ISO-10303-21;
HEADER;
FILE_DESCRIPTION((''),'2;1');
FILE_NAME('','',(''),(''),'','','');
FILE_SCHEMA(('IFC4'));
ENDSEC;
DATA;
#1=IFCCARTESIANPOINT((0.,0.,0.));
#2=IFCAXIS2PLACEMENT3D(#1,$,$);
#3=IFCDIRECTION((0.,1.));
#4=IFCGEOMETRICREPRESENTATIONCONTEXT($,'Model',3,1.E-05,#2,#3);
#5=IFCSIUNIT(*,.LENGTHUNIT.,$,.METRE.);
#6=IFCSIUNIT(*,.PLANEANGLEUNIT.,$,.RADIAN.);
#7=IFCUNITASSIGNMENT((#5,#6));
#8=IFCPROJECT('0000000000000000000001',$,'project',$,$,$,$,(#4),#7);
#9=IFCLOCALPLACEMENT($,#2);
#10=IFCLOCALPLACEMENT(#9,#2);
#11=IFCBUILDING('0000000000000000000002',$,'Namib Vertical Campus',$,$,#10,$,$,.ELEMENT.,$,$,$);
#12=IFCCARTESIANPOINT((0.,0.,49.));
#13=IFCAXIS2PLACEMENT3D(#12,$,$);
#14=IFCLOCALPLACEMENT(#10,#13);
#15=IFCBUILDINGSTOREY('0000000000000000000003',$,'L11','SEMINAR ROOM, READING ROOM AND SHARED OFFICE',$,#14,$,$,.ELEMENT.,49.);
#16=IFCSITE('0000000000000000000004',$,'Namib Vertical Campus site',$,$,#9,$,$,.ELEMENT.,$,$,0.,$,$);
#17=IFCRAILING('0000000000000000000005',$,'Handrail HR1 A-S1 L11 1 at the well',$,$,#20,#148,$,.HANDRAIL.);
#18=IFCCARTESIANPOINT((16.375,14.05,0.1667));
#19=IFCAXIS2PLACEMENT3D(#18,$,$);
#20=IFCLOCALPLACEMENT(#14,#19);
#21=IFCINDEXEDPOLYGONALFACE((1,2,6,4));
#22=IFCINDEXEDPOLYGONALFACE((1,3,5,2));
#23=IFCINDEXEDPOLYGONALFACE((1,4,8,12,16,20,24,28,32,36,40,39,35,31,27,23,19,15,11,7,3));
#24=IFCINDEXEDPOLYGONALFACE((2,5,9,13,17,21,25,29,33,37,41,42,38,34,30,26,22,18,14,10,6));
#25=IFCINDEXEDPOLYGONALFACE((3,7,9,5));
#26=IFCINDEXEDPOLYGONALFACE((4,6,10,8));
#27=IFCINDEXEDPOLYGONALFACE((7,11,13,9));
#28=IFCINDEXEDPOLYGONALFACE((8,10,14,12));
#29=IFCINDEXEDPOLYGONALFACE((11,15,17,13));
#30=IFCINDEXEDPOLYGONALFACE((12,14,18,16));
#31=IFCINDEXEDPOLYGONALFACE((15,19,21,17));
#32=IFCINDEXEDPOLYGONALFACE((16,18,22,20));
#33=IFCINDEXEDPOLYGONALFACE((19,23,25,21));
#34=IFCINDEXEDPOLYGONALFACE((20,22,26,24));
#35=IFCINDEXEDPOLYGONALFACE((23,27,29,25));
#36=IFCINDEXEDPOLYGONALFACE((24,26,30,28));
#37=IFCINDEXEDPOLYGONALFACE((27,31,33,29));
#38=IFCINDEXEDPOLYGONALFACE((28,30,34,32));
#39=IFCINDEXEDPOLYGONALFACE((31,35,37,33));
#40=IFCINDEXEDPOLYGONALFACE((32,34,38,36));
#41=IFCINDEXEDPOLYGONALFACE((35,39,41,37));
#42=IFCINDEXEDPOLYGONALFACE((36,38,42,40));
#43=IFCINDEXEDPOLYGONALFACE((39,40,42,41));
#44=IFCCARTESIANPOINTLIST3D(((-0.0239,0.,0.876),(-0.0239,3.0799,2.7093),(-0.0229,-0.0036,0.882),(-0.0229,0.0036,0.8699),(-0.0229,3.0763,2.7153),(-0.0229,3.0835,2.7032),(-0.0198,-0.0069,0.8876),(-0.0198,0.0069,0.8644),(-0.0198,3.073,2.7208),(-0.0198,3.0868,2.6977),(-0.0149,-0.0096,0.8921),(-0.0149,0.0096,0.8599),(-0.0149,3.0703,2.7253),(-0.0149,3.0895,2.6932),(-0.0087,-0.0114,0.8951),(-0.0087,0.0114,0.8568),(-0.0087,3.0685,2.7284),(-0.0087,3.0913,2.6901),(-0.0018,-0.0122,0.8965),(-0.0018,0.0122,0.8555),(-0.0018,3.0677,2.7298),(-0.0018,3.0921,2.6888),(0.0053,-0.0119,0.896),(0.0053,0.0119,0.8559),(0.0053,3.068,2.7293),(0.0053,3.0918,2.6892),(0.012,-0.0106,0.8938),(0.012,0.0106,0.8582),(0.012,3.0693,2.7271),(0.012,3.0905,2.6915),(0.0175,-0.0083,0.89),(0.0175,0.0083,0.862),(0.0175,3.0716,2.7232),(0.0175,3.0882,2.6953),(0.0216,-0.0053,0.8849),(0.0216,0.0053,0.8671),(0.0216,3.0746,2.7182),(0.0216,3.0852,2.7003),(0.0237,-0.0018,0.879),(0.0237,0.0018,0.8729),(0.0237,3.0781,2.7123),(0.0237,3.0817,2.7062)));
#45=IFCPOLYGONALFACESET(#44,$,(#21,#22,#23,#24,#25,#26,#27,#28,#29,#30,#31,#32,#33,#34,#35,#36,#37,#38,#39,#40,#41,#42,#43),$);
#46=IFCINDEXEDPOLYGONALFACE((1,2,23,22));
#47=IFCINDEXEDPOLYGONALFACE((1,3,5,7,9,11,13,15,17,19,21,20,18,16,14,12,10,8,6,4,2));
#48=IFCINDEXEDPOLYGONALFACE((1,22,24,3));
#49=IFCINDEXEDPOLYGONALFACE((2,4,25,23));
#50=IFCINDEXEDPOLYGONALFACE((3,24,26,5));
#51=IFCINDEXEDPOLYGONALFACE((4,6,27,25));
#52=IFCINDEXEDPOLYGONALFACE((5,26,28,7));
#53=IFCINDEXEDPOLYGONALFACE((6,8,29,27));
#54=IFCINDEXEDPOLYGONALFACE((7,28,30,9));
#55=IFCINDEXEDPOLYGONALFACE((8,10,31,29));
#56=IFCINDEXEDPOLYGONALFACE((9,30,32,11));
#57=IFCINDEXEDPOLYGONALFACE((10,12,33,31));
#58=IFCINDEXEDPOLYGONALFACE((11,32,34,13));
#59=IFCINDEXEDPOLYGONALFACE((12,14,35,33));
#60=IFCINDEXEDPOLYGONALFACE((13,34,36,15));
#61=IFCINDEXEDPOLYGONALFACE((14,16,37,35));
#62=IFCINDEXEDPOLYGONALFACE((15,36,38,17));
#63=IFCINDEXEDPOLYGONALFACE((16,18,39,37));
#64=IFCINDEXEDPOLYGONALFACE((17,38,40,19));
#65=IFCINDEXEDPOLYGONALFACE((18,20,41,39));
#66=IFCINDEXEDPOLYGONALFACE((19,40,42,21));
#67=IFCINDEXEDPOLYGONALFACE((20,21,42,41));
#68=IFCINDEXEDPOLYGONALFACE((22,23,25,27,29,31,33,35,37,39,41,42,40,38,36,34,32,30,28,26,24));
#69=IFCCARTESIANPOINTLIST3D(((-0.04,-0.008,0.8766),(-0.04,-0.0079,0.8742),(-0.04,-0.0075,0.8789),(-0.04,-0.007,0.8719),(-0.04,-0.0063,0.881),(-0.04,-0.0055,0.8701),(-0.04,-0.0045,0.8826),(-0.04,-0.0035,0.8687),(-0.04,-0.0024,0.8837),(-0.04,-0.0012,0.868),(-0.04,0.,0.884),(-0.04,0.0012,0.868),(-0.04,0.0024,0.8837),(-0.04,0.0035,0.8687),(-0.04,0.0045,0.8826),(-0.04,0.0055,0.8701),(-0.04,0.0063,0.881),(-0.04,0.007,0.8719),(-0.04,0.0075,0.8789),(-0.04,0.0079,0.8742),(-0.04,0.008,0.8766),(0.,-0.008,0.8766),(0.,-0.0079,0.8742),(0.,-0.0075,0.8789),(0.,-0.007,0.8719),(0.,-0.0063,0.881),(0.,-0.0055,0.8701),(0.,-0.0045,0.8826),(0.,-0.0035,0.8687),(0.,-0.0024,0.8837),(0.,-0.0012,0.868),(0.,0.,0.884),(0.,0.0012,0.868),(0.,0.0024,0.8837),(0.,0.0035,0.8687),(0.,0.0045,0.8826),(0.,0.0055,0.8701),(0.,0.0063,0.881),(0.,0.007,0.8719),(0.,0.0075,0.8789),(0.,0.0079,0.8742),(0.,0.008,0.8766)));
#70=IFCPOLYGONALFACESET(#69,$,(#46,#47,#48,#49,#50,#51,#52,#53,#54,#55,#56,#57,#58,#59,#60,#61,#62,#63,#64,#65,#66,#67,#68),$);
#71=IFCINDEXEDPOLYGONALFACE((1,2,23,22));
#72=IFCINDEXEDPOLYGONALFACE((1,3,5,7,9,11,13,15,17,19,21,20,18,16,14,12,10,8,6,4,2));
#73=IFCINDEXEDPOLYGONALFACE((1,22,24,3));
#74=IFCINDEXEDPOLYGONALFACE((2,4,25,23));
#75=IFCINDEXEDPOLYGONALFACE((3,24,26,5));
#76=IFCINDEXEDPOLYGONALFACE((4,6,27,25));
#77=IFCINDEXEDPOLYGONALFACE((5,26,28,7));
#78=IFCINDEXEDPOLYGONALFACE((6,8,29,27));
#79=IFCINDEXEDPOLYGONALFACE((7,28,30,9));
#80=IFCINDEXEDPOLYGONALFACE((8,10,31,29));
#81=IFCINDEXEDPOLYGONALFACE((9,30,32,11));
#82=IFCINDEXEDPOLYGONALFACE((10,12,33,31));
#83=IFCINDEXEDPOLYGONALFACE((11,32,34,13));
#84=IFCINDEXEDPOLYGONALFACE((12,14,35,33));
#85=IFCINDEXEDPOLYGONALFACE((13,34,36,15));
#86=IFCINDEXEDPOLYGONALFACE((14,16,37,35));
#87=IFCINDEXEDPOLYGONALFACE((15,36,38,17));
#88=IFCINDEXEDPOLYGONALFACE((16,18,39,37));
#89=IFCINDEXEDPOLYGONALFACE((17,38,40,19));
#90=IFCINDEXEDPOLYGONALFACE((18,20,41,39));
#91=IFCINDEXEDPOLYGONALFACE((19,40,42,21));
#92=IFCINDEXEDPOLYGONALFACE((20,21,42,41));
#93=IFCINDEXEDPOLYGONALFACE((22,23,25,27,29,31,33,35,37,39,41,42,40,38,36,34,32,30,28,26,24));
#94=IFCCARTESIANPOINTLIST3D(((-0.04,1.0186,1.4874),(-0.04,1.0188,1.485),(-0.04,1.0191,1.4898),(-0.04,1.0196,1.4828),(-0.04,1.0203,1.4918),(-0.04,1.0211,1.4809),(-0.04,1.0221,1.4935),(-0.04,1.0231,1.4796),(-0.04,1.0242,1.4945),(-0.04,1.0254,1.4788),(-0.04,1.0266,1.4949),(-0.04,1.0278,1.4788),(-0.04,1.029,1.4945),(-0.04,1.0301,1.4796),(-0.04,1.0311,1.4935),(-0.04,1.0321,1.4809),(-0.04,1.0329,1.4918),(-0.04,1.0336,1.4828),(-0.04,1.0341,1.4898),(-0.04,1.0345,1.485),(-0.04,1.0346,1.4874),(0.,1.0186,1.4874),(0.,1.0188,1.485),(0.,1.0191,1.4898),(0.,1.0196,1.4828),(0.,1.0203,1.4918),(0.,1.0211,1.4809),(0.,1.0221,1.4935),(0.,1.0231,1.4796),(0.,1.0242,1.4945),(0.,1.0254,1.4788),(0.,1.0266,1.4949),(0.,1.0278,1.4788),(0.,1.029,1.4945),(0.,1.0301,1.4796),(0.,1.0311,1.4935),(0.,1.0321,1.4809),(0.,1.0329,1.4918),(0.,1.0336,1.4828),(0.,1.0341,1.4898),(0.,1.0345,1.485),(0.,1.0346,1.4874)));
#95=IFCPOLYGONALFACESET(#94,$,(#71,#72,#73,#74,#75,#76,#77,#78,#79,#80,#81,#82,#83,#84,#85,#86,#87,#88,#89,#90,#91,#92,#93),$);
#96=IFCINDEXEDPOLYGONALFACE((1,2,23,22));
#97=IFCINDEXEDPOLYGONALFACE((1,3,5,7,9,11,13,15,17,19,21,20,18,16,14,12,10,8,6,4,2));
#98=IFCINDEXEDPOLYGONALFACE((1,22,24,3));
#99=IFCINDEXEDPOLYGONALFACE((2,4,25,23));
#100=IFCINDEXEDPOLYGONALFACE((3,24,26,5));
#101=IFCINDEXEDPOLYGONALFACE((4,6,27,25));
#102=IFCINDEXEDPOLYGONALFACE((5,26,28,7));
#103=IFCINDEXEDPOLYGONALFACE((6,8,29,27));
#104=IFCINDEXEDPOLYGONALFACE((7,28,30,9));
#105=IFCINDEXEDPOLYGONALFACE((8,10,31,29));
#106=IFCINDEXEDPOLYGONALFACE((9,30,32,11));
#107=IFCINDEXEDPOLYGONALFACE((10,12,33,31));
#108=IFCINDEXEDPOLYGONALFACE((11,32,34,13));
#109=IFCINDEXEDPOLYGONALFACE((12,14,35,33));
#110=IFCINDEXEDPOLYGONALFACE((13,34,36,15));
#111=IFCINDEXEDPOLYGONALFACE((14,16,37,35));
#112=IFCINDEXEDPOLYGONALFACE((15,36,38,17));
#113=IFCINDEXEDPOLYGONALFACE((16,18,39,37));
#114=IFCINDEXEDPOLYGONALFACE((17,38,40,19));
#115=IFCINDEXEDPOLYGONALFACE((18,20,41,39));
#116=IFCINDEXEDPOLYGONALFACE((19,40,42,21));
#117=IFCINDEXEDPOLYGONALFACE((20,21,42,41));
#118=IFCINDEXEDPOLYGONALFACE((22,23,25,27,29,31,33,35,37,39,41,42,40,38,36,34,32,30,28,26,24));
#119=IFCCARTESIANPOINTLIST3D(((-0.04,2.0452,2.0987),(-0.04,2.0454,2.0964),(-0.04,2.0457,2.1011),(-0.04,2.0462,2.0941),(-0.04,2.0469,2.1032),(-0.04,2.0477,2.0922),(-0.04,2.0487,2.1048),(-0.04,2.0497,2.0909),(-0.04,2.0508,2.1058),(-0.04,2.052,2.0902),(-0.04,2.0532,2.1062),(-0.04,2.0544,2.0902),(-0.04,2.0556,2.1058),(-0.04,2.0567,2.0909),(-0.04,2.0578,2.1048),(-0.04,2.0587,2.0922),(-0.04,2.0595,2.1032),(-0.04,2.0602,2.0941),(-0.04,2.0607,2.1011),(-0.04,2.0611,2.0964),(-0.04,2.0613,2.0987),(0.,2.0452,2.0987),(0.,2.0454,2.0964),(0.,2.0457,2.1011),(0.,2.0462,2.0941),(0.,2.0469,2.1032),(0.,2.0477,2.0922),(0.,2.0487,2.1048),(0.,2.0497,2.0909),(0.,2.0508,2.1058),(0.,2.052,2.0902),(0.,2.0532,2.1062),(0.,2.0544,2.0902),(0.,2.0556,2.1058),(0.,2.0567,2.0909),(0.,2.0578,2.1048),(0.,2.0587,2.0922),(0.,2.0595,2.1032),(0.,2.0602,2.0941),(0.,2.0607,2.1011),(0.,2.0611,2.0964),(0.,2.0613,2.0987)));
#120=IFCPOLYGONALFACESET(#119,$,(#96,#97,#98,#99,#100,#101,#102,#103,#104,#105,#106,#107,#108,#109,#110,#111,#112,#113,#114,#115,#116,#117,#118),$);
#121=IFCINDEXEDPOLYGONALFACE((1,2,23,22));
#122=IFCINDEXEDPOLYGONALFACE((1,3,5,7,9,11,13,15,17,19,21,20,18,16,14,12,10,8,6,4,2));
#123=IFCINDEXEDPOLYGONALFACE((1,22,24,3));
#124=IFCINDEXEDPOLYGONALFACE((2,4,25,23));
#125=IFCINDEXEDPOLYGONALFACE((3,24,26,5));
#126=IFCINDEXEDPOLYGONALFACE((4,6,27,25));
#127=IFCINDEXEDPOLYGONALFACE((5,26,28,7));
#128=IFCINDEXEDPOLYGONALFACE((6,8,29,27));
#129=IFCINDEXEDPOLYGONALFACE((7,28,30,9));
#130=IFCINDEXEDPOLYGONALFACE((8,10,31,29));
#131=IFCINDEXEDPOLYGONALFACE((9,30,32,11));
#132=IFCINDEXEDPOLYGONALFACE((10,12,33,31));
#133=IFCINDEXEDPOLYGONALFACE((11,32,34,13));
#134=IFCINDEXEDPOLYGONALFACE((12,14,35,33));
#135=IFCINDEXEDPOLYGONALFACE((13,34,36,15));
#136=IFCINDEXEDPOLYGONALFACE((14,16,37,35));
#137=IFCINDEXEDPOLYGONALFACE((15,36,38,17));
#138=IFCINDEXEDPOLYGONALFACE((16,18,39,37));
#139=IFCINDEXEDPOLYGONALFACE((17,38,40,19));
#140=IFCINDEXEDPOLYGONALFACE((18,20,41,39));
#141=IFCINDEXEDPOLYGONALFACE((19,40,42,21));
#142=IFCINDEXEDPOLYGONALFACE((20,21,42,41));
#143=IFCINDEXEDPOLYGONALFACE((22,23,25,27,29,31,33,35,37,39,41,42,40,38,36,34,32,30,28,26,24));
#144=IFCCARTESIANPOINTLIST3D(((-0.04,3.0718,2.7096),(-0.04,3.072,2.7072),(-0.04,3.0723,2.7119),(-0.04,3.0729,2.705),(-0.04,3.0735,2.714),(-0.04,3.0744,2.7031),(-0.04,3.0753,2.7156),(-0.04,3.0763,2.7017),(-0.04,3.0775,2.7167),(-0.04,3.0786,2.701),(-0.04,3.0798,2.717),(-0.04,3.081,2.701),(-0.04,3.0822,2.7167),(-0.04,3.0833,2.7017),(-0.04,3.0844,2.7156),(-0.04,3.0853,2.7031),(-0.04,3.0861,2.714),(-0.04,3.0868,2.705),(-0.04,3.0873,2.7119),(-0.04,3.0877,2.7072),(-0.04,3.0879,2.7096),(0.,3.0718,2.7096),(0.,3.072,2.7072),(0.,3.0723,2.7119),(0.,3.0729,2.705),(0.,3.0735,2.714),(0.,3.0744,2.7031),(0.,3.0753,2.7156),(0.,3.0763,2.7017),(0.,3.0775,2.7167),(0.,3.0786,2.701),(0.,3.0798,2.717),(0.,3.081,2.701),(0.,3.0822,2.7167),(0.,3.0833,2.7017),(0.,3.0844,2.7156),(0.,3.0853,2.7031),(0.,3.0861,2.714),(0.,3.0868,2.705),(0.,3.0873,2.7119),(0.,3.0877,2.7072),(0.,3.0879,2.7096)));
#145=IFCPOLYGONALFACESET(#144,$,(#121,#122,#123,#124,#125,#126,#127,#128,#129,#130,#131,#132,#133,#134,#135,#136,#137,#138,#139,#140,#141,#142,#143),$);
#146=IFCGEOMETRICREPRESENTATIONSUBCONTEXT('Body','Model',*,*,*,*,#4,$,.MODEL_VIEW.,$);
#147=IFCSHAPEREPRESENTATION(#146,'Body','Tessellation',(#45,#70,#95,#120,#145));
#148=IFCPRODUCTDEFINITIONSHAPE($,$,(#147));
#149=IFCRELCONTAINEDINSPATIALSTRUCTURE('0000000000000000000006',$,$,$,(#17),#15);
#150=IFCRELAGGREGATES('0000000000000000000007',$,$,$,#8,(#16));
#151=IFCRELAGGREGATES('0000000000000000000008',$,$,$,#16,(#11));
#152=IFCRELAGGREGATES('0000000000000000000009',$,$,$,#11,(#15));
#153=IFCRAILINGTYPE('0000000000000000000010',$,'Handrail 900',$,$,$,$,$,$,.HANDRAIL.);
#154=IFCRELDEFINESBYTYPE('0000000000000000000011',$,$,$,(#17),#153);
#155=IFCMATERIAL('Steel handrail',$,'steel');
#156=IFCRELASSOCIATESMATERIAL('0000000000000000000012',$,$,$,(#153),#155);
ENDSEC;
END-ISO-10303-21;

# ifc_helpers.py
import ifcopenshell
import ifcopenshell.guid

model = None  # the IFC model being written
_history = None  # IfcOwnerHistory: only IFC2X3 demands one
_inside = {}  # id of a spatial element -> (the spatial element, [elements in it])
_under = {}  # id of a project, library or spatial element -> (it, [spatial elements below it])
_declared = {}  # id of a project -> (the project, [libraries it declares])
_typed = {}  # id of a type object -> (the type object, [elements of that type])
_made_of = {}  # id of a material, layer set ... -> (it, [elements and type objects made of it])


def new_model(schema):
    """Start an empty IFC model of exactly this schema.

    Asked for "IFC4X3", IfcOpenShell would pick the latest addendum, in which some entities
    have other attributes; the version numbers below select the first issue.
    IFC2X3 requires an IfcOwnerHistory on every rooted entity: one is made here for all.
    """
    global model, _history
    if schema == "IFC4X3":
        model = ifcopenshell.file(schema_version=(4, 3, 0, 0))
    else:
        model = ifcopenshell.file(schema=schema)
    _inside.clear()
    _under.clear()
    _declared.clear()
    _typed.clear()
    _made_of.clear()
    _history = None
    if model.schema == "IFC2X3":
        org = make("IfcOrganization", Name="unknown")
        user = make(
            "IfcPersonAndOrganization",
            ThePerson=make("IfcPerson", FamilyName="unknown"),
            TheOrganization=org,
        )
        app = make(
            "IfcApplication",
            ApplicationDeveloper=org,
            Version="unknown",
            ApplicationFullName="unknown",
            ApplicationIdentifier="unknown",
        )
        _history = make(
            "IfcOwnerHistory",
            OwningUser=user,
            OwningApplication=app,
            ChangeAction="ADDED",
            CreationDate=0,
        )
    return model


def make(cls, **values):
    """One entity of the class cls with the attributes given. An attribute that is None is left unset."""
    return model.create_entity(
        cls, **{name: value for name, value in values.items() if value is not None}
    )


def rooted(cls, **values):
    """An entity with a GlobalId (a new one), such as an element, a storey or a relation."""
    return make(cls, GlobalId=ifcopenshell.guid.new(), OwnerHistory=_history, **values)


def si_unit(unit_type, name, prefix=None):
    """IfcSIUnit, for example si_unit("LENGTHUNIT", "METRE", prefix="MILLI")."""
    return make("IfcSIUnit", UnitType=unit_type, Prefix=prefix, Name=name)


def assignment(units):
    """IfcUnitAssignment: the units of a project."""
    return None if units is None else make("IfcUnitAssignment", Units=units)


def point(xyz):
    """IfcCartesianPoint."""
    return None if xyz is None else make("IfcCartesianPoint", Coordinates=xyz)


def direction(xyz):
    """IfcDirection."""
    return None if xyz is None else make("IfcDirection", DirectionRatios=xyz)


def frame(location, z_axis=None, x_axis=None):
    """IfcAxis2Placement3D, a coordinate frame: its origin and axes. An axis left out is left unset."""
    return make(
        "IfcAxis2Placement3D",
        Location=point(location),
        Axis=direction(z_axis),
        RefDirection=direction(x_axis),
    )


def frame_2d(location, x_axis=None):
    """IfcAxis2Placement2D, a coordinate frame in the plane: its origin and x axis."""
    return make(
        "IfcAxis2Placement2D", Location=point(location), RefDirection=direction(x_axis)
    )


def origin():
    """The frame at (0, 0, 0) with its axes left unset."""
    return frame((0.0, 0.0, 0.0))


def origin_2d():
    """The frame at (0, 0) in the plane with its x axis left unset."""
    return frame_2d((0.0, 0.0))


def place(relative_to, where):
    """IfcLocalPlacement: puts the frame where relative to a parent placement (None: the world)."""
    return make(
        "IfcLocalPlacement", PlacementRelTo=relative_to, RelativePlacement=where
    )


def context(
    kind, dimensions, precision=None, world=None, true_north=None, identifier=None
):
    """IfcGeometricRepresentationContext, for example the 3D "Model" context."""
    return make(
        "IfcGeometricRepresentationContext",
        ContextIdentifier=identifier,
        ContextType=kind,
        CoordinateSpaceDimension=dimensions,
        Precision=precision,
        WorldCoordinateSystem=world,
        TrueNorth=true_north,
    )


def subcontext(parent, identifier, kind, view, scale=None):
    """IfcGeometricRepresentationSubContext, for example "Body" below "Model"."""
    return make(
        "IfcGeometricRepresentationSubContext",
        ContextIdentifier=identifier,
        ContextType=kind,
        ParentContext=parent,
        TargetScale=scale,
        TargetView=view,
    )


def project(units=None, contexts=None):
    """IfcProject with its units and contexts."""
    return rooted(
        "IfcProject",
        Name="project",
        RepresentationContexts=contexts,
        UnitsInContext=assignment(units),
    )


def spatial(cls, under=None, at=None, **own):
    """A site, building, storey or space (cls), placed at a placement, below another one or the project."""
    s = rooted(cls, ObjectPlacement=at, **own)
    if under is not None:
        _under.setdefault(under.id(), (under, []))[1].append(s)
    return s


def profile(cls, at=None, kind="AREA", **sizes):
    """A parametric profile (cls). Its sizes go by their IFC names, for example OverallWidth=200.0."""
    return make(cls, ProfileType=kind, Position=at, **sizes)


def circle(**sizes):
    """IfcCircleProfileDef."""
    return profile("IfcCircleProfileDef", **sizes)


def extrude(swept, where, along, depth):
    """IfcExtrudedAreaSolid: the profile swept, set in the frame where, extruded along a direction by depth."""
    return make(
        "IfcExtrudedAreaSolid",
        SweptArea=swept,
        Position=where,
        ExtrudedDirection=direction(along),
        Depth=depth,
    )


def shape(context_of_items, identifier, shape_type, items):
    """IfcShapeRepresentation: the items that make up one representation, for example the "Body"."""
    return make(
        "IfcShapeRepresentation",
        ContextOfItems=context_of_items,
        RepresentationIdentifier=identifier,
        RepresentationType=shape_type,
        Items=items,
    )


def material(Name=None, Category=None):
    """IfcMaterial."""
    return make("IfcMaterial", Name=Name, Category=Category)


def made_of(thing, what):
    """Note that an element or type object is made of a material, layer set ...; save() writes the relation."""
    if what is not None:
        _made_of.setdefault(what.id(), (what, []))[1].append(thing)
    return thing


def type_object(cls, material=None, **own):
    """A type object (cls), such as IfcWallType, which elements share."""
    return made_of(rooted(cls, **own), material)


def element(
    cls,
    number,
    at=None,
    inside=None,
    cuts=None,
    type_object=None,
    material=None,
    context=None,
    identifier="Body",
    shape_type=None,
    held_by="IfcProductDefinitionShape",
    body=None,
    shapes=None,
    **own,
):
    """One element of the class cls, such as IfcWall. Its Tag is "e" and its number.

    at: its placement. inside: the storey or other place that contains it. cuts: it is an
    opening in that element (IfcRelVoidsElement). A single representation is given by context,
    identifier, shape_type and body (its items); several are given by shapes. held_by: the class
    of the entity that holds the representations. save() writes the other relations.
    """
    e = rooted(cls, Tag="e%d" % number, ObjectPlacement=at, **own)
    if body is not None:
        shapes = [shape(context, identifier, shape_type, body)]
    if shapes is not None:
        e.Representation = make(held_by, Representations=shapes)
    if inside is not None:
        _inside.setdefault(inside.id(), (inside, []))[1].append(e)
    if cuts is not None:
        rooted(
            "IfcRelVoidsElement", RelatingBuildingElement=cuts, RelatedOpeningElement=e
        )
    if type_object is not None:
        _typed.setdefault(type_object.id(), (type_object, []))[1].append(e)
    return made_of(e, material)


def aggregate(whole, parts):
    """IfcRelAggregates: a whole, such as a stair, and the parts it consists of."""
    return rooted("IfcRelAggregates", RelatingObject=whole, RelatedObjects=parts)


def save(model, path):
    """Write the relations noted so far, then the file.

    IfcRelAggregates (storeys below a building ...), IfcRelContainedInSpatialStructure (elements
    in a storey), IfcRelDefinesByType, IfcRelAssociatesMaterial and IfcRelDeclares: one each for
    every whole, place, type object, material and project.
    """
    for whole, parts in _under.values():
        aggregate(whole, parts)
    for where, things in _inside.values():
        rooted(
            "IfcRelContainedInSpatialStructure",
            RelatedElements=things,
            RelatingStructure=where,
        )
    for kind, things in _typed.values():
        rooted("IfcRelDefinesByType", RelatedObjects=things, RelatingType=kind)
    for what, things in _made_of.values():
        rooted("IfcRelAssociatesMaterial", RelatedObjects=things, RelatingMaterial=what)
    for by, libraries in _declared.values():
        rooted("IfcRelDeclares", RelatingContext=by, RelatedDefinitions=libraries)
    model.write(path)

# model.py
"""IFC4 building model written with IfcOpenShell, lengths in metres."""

from ifc_helpers import new_model, si_unit, direction, frame, origin, origin_2d, place, context, subcontext, project, spatial, circle, extrude, material, type_object, element, save


model = new_model("IFC4")

# Units and contexts
model_context = context("Model", 3, precision=1e-05, world=origin(), true_north=direction((0.0, 1.0)))
body_context = subcontext(model_context, "Body", "Model", "MODEL_VIEW")
ifc_project = project(units=[si_unit("LENGTHUNIT", "METRE"), si_unit("PLANEANGLEUNIT", "RADIAN")], contexts=[model_context])

# Site, building, storey
site_placement = place(None, origin())
site = spatial("IfcSite", under=ifc_project, at=site_placement, Name="Namib Vertical Campus site", CompositionType="ELEMENT", RefElevation=0.0)
building_placement = place(site_placement, origin())
building = spatial("IfcBuilding", under=site, at=building_placement, Name="Namib Vertical Campus", CompositionType="ELEMENT")
storey_placement = place(building_placement, frame((0.0, 0.0, 49.0)))
storey = spatial("IfcBuildingStorey", under=building, at=storey_placement, Name="L11", Description="SEMINAR ROOM, READING ROOM AND SHARED OFFICE", CompositionType="ELEMENT", Elevation=49.0)

# Railing
ifc_material_1 = material(Name="Steel handrail", Category="steel")
railing_type_1 = type_object("IfcRailingType", Name="Handrail 900", PredefinedType="HANDRAIL", material=ifc_material_1)
railing_1_placement = place(storey_placement, frame((16.375, 14.05, 0.1667)))
element("IfcRailing", 1, at=railing_1_placement, inside=storey, type_object=railing_type_1, Name="Handrail HR1 A-S1 L11 1 at the well", PredefinedType="HANDRAIL", context=body_context, shape_type="SweptSolid", body=[
    extrude(circle(Radius=0.0239, at=origin_2d()), frame((0.0, 0.0, 0.876), z_axis=(0.0, 0.859291, 0.511487), x_axis=(-1.0, 0.0, 0.0)), (0.0, 0.0, 1.0), 3.5842),
    extrude(circle(Radius=0.0081, at=origin_2d()), frame((0.0, 0.0, 0.876), z_axis=(-1.0, 0.0, 0.0), x_axis=(0.0, 0.0, 1.0)), (0.0, 0.0, 1.0), 0.04),
    extrude(circle(Radius=0.0081, at=origin_2d()), frame((0.0, 1.0266, 1.4868), z_axis=(-1.0, 0.0, 0.0), x_axis=(0.0, 0.0, 1.0)), (0.0, 0.0, 1.0), 0.04),
    extrude(circle(Radius=0.0081, at=origin_2d()), frame((0.0, 2.0532, 2.0981), z_axis=(-1.0, 0.0, 0.0), x_axis=(0.0, 0.0, 1.0)), (0.0, 0.0, 1.0), 0.04),
    extrude(circle(Radius=0.0081, at=origin_2d()), frame((0.0, 3.0798, 2.709), z_axis=(-1.0, 0.0, 0.0), x_axis=(0.0, 0.0, 1.0)), (0.0, 0.0, 1.0), 0.04),
])

save(model, "model.ifc")
